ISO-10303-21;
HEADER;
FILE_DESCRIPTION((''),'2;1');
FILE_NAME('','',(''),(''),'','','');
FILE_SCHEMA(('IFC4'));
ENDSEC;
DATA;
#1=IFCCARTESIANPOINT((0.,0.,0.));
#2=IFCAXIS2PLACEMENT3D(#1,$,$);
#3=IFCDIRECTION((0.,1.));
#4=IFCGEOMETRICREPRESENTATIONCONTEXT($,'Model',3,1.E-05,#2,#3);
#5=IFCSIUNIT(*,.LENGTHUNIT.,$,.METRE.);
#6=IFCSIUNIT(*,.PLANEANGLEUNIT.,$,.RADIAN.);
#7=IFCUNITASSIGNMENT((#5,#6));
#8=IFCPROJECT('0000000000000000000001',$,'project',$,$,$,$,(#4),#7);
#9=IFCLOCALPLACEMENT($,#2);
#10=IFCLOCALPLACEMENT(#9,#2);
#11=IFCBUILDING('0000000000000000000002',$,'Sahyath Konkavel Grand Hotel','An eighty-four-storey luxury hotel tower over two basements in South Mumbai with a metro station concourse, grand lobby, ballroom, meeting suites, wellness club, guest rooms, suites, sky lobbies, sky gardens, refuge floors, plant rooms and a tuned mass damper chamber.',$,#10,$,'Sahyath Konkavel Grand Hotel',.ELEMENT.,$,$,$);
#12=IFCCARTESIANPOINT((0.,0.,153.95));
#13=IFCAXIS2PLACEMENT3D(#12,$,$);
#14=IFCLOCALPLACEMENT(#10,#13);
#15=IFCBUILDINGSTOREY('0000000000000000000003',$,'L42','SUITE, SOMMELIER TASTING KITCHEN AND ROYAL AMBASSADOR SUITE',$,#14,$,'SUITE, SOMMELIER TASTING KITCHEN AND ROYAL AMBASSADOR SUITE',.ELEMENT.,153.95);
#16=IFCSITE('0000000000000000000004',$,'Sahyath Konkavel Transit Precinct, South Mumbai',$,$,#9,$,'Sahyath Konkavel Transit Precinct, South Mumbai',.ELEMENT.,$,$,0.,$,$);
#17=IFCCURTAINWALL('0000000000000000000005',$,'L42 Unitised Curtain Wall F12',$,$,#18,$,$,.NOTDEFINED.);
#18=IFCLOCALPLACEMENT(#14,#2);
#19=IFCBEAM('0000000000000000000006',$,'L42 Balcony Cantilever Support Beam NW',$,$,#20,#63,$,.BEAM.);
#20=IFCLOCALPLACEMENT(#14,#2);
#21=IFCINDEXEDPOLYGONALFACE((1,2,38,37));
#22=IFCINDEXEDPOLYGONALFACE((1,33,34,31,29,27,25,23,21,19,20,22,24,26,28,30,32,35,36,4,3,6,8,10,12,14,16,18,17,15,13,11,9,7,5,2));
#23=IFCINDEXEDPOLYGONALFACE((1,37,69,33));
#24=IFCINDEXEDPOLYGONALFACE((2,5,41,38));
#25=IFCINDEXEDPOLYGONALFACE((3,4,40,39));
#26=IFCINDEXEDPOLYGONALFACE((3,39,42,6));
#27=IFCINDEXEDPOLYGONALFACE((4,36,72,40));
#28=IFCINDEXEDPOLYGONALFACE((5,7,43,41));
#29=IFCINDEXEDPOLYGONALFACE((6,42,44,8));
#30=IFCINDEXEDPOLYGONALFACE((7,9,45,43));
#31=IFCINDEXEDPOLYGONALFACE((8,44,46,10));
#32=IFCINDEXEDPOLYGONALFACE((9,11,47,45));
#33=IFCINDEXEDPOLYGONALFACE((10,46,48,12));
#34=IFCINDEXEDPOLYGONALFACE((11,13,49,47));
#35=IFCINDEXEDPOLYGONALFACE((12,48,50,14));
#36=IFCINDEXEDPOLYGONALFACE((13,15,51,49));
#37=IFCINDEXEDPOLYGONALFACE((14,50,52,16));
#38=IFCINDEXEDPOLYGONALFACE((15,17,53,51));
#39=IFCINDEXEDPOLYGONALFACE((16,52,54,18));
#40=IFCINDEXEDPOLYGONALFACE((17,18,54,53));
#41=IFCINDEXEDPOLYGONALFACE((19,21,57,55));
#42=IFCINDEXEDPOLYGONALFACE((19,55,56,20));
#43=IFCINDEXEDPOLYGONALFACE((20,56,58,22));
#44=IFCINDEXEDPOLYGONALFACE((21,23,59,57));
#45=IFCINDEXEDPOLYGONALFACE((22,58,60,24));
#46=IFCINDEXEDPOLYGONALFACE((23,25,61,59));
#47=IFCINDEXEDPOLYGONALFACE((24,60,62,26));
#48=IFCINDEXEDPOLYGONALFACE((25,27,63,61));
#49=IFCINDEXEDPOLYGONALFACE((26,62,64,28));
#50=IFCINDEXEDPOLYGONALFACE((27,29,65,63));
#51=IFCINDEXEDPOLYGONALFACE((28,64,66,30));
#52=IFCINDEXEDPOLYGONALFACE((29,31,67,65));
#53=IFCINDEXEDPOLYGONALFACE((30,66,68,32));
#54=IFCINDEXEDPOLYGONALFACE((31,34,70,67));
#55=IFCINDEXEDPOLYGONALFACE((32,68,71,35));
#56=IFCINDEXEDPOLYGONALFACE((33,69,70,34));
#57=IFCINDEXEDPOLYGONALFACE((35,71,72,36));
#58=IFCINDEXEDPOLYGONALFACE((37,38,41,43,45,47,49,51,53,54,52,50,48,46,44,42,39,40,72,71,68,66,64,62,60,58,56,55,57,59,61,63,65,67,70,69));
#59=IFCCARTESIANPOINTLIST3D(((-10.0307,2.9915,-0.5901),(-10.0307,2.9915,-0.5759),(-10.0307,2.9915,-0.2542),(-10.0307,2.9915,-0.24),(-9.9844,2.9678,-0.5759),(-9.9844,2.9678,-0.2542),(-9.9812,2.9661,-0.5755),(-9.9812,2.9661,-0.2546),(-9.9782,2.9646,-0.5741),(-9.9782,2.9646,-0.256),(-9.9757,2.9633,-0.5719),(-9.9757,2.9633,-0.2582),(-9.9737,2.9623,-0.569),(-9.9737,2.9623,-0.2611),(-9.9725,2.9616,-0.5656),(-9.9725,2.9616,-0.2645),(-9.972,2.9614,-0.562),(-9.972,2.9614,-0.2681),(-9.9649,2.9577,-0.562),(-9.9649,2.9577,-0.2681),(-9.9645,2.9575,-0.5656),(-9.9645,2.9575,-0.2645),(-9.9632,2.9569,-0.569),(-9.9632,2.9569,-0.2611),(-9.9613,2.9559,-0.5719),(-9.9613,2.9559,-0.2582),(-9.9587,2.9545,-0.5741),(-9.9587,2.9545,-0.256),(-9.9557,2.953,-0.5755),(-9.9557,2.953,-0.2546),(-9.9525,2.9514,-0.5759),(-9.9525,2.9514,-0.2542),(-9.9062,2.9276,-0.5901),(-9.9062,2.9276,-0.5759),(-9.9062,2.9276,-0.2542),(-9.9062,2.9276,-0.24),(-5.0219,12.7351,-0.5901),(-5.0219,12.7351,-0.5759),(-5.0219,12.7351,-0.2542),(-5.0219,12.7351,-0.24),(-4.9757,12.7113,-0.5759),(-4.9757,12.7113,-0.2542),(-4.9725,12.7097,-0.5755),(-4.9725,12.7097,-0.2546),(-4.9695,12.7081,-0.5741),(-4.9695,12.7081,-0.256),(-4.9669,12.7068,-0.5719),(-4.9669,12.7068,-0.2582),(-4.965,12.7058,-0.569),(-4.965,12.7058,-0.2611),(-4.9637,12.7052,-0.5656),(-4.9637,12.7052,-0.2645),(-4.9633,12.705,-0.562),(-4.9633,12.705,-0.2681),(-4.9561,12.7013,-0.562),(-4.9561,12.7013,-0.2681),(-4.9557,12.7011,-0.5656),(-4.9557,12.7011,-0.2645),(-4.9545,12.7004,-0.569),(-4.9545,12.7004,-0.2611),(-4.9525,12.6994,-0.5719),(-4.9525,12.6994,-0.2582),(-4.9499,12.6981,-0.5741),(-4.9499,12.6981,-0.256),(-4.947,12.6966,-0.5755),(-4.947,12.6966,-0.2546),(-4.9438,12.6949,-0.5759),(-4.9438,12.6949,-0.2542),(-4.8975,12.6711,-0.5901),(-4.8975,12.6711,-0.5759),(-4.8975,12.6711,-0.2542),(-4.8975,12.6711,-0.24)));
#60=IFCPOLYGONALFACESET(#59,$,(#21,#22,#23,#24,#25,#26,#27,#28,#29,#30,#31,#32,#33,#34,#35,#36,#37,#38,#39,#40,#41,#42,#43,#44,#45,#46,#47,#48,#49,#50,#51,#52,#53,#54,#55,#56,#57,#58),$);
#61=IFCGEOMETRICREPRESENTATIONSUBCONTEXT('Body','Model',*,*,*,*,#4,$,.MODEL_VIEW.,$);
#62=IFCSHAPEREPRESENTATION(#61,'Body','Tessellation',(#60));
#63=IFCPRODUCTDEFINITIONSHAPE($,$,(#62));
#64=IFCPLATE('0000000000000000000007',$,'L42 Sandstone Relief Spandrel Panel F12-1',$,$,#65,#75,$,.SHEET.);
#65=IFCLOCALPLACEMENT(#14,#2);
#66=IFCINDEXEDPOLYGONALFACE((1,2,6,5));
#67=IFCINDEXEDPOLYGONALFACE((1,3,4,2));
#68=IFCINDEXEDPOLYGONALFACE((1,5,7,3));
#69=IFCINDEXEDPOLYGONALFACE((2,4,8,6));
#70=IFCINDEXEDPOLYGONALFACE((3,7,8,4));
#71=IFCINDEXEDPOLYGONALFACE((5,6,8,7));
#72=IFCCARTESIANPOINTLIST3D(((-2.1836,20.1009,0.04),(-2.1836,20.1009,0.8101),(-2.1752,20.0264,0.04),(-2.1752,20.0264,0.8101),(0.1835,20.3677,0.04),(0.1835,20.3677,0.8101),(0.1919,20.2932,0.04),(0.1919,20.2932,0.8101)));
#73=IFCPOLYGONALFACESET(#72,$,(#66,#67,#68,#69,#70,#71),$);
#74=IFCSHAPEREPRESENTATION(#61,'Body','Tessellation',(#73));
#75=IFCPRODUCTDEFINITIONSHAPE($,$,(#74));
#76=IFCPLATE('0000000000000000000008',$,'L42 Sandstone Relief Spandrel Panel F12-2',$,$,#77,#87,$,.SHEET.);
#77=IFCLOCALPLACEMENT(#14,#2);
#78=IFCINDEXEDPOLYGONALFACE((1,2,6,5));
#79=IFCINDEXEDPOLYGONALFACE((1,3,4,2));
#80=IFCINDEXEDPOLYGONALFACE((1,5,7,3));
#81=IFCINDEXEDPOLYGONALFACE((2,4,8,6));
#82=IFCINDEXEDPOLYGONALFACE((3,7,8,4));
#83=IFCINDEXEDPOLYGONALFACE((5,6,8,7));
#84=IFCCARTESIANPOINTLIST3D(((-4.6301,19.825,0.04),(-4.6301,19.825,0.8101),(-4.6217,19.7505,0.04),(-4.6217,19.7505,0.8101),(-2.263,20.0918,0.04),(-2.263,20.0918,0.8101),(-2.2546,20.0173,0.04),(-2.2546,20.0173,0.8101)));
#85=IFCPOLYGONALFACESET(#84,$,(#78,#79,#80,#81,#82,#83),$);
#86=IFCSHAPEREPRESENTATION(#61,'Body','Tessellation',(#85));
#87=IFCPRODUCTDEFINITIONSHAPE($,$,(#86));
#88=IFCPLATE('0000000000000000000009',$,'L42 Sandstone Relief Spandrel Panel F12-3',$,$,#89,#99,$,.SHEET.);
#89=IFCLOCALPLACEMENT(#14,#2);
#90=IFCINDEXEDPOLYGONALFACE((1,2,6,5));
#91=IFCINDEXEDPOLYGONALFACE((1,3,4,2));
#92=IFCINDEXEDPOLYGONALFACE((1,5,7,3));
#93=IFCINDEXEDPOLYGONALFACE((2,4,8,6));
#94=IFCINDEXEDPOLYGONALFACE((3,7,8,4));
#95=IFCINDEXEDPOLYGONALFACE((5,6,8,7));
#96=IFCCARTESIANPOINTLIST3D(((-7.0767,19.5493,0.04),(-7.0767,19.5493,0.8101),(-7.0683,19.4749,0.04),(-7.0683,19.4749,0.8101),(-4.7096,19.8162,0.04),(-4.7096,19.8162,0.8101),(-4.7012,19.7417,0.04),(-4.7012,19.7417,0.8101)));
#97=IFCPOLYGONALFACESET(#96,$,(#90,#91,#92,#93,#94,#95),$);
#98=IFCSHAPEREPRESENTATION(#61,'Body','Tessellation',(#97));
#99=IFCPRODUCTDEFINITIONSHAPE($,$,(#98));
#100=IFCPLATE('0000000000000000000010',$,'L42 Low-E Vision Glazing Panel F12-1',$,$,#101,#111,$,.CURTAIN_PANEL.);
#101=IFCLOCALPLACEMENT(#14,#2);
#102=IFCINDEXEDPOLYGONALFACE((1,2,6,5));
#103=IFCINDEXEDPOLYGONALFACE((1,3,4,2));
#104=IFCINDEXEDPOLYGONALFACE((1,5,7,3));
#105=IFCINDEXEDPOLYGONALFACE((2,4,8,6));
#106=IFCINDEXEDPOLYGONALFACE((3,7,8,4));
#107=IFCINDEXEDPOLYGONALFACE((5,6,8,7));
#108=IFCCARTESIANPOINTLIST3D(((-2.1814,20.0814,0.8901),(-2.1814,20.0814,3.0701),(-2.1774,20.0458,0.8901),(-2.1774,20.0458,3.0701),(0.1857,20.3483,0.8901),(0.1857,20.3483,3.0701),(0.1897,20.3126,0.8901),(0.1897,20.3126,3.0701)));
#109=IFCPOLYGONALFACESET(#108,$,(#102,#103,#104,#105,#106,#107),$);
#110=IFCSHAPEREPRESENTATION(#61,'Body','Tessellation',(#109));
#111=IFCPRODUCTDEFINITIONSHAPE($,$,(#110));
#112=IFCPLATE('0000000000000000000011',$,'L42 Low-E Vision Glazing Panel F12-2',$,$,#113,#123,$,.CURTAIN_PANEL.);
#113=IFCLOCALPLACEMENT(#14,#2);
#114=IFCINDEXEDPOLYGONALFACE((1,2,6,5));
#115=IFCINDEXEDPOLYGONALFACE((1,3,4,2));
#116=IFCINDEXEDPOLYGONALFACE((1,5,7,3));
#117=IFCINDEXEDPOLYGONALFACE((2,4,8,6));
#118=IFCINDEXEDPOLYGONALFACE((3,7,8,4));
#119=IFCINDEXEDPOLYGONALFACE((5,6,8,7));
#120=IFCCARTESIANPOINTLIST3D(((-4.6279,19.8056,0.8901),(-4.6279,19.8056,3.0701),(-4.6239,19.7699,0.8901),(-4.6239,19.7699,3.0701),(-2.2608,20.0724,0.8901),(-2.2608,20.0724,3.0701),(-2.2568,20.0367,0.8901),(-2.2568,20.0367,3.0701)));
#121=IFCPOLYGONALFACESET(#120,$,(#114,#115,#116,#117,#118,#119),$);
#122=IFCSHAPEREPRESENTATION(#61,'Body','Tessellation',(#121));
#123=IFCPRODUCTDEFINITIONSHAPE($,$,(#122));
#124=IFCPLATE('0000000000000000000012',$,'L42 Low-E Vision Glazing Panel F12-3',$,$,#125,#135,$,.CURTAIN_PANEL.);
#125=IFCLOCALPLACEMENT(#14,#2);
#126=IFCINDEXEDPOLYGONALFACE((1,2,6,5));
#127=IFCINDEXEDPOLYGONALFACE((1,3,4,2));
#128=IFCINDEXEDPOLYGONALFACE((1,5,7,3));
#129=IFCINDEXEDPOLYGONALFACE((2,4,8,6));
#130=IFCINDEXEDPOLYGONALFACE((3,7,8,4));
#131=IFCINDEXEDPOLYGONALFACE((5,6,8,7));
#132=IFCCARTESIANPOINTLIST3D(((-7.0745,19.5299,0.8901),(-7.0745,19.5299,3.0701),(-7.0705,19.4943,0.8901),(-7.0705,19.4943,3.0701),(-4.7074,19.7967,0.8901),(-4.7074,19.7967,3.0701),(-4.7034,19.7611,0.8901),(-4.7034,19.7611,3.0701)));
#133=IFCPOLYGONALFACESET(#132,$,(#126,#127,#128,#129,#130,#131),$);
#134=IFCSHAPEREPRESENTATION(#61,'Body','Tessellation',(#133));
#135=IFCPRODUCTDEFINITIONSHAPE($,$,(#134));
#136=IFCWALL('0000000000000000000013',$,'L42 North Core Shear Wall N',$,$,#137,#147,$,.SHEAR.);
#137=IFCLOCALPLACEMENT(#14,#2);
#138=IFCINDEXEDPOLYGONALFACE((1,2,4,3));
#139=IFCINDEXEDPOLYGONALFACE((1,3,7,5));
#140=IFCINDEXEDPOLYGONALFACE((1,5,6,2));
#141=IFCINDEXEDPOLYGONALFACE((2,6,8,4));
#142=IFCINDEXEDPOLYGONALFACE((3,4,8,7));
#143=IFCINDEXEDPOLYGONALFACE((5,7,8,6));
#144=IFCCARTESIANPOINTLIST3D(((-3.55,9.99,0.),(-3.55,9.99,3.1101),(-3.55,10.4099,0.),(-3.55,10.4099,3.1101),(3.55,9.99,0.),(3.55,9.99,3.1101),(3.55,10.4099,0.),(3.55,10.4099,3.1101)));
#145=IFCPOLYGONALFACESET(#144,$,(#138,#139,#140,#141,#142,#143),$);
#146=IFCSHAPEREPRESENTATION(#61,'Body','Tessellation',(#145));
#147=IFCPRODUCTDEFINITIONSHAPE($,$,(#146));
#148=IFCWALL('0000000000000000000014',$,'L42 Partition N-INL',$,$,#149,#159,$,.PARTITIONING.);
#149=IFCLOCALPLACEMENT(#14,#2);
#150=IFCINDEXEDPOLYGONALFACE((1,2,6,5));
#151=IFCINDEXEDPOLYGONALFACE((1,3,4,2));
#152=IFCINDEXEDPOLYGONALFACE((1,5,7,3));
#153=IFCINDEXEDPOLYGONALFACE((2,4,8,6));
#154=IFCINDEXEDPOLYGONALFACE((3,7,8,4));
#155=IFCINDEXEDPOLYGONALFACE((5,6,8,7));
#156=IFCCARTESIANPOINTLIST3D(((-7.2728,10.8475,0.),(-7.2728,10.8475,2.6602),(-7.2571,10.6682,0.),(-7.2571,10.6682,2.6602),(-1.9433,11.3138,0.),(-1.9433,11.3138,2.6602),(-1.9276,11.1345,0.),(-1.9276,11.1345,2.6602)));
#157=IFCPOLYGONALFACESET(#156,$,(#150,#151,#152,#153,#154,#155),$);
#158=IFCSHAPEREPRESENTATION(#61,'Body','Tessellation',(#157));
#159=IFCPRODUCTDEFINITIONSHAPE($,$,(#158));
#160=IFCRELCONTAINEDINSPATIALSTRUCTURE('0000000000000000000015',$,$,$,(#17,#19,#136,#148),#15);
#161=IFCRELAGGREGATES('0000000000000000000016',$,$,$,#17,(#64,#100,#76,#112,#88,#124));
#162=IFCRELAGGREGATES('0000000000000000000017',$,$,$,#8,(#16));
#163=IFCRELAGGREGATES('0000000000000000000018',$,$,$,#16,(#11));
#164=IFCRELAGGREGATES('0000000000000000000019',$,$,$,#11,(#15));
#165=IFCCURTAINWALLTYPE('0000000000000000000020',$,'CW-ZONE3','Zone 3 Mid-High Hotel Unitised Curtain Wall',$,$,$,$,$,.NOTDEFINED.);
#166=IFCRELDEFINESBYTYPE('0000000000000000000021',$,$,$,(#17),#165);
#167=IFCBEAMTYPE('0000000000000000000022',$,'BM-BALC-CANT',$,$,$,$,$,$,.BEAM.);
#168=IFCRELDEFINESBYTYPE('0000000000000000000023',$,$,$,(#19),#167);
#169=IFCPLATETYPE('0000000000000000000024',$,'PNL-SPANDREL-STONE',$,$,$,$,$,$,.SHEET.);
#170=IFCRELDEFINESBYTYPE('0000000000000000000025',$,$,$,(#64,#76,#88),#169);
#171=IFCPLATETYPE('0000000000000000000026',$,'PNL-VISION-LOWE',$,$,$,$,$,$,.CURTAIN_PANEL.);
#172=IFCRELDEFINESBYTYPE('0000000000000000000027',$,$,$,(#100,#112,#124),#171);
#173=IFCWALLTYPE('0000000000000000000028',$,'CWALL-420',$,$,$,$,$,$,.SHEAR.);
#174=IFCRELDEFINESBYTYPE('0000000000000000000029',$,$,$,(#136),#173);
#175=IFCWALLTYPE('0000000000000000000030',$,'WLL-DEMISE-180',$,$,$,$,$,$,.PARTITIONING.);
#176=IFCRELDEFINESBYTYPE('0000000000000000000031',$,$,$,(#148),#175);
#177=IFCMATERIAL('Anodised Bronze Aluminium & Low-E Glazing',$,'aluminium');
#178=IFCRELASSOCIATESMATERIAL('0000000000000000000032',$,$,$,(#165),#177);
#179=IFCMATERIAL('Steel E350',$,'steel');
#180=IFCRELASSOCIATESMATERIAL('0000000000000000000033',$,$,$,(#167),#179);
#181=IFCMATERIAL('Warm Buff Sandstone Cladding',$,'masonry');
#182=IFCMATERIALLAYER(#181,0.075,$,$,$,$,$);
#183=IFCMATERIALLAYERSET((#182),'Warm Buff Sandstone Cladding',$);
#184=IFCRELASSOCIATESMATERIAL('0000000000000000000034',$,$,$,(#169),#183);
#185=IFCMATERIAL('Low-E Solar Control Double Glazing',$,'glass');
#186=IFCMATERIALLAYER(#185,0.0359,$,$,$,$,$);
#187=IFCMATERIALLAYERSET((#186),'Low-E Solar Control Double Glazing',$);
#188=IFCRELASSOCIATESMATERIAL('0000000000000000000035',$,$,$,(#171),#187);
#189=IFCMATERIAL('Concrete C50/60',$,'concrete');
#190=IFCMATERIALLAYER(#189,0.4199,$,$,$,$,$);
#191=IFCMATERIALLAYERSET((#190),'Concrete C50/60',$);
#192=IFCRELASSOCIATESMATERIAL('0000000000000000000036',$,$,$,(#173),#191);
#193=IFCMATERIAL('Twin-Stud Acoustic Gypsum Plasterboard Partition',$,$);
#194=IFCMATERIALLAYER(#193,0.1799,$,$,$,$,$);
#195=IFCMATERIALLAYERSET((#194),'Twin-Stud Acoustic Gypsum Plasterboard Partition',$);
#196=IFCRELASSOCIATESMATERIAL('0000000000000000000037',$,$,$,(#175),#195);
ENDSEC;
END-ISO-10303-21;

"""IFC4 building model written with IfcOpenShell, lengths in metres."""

from ifc_helpers import new_model, si_unit, direction, frame, frame_2d, origin, origin_2d, place, context, subcontext, project, spatial, rectangle, i_section, extrude, source, transform, mapped, material, layer, layer_set, material_profile, profile_set, type_object, element, aggregate, save


model = new_model("IFC4")

# Units and contexts
model_context = context("Model", 3, precision=1e-05, world=origin(), true_north=direction((0.0, 1.0)))
body_context = subcontext(model_context, "Body", "Model", "MODEL_VIEW")
ifc_project = project(units=[si_unit("LENGTHUNIT", "METRE"), si_unit("PLANEANGLEUNIT", "RADIAN")], contexts=[model_context])

# Site, building, storey
site_placement = place(None, origin())
site = spatial("IfcSite", under=ifc_project, at=site_placement, Name="Sahyath Konkavel Transit Precinct, South Mumbai", LongName="Sahyath Konkavel Transit Precinct, South Mumbai", CompositionType="ELEMENT", RefElevation=0.0)
building_placement = place(site_placement, origin())
building = spatial("IfcBuilding", under=site, at=building_placement, Name="Sahyath Konkavel Grand Hotel", Description="An eighty-four-storey luxury hotel tower over two basements in South Mumbai with a metro station concourse, grand lobby, ballroom, meeting suites, wellness club, guest rooms, suites, sky lobbies, sky gardens, refuge floors, plant rooms and a tuned mass damper chamber.", LongName="Sahyath Konkavel Grand Hotel", CompositionType="ELEMENT")
storey_placement = place(building_placement, frame((0.0, 0.0, 153.95)))
storey = spatial("IfcBuildingStorey", under=building, at=storey_placement, Name="L42", Description="SUITE, SOMMELIER TASTING KITCHEN AND ROYAL AMBASSADOR SUITE", LongName="SUITE, SOMMELIER TASTING KITCHEN AND ROYAL AMBASSADOR SUITE", CompositionType="ELEMENT", Elevation=153.95)

# Shared definitions
ifc_material_1 = material(Name="Concrete C50/60", Category="concrete")

# Shared definitions
ifc_material_2 = material(Name="Steel E350", Category="steel")

# Curtain wall
ifc_material_3 = material(Name="Anodised Bronze Aluminium & Low-E Glazing", Category="aluminium")
curtain_wall_type = type_object("IfcCurtainWallType", Name="CW-ZONE3", Description="Zone 3 Mid-High Hotel Unitised Curtain Wall", PredefinedType="NOTDEFINED", material=ifc_material_3)
curtain_wall_placement = place(storey_placement, origin())
curtain_wall = element("IfcCurtainWall", 1, at=curtain_wall_placement, inside=storey, type_object=curtain_wall_type, Name="L42 Unitised Curtain Wall F12", PredefinedType="NOTDEFINED")

# Beam
ifc_material_profile_1 = material_profile(ifc_material_2, i_section(OverallWidth=0.1399, OverallDepth=0.3501, WebThickness=0.0081, FlangeThickness=0.0142, FilletRadius=0.0139, at=origin_2d()), Name="ISMB 350")
ifc_profile_set_1 = profile_set([ifc_material_profile_1], Name="Steel E350")
beam_type_1 = type_object("IfcBeamType", Name="BM-BALC-CANT", PredefinedType="BEAM", material=ifc_profile_set_1)
shared_shape_1 = source(origin(), body_context, "Body", "SweptSolid", [
    extrude(i_section(OverallWidth=0.1399, OverallDepth=0.3501, WebThickness=0.0081, FlangeThickness=0.0142, FilletRadius=0.0139, at=origin_2d()), origin(), (0.0, 0.0, 1.0), 10.9556),
])
beam_1_placement = place(storey_placement, frame((-4.9597, 12.7031, -0.415), z_axis=(-0.457187, -0.889371, 0.0), x_axis=(0.889371, -0.457187, 0.0)))
element("IfcBeam", 2, at=beam_1_placement, inside=storey, type_object=beam_type_1, Name="L42 Balcony Cantilever Support Beam NW", PredefinedType="BEAM", context=body_context, shape_type="MappedRepresentation", body=[
    mapped(shared_shape_1, transform((0.0, 0.0, 0.0), scale=1.0)),
])

# Plates
ifc_material_4 = material(Name="Warm Buff Sandstone Cladding", Category="masonry")
ifc_layer_1 = layer(ifc_material_4, 0.075)
ifc_layer_set_1 = layer_set([ifc_layer_1], Name="Warm Buff Sandstone Cladding")
plate_type_1 = type_object("IfcPlateType", Name="PNL-SPANDREL-STONE", PredefinedType="SHEET", material=ifc_layer_set_1)
shared_shape_2 = source(origin(), body_context, "Body", "SweptSolid", [
    extrude(rectangle(XDim=2.3821, YDim=0.075, at=origin_2d()), origin(), (0.0, 0.0, 1.0), 0.77),
])
plate_1_placement = place(storey_placement, frame((-0.9958, 20.197, 0.04), z_axis=(0.0, 0.0, 1.0), x_axis=(-0.993707, -0.112007, 0.0)))
plate_1 = element("IfcPlate", 3, at=plate_1_placement, type_object=plate_type_1, Name="L42 Sandstone Relief Spandrel Panel F12-1", PredefinedType="SHEET", context=body_context, shape_type="MappedRepresentation", body=[
    mapped(shared_shape_2, transform((0.0, 0.0, 0.0), scale=1.0)),
])
plate_2_placement = place(storey_placement, frame((-3.4424, 19.9211, 0.04), z_axis=(0.0, 0.0, 1.0), x_axis=(-0.993707, -0.112007, 0.0)))
plate_2 = element("IfcPlate", 4, at=plate_2_placement, type_object=plate_type_1, Name="L42 Sandstone Relief Spandrel Panel F12-2", PredefinedType="SHEET", context=body_context, shape_type="MappedRepresentation", body=[
    mapped(shared_shape_2, transform((0.0, 0.0, 0.0), scale=1.0)),
])
plate_3_placement = place(storey_placement, frame((-5.8889, 19.6455, 0.04), z_axis=(0.0, 0.0, 1.0), x_axis=(-0.993707, -0.112007, 0.0)))
plate_3 = element("IfcPlate", 5, at=plate_3_placement, type_object=plate_type_1, Name="L42 Sandstone Relief Spandrel Panel F12-3", PredefinedType="SHEET", context=body_context, shape_type="MappedRepresentation", body=[
    mapped(shared_shape_2, transform((0.0, 0.0, 0.0), scale=1.0)),
])
ifc_material_5 = material(Name="Low-E Solar Control Double Glazing", Category="glass")
ifc_layer_2 = layer(ifc_material_5, 0.0359)
ifc_layer_set_2 = layer_set([ifc_layer_2], Name="Low-E Solar Control Double Glazing")
plate_type_2 = type_object("IfcPlateType", Name="PNL-VISION-LOWE", PredefinedType="CURTAIN_PANEL", material=ifc_layer_set_2)
shared_shape_3 = source(origin(), body_context, "Body", "SweptSolid", [
    extrude(rectangle(XDim=2.3821, YDim=0.0359, at=origin_2d()), origin(), (0.0, 0.0, 1.0), 2.1799),
])
plate_4_placement = place(storey_placement, frame((-0.9958, 20.197, 0.8901), z_axis=(0.0, 0.0, 1.0), x_axis=(-0.993707, -0.112007, 0.0)))
plate_4 = element("IfcPlate", 6, at=plate_4_placement, type_object=plate_type_2, Name="L42 Low-E Vision Glazing Panel F12-1", PredefinedType="CURTAIN_PANEL", context=body_context, shape_type="MappedRepresentation", body=[
    mapped(shared_shape_3, transform((0.0, 0.0, 0.0), scale=1.0)),
])
plate_5_placement = place(storey_placement, frame((-3.4424, 19.9211, 0.8901), z_axis=(0.0, 0.0, 1.0), x_axis=(-0.993707, -0.112007, 0.0)))
plate_5 = element("IfcPlate", 7, at=plate_5_placement, type_object=plate_type_2, Name="L42 Low-E Vision Glazing Panel F12-2", PredefinedType="CURTAIN_PANEL", context=body_context, shape_type="MappedRepresentation", body=[
    mapped(shared_shape_3, transform((0.0, 0.0, 0.0), scale=1.0)),
])
plate_6_placement = place(storey_placement, frame((-5.8889, 19.6455, 0.8901), z_axis=(0.0, 0.0, 1.0), x_axis=(-0.993707, -0.112007, 0.0)))
plate_6 = element("IfcPlate", 8, at=plate_6_placement, type_object=plate_type_2, Name="L42 Low-E Vision Glazing Panel F12-3", PredefinedType="CURTAIN_PANEL", context=body_context, shape_type="MappedRepresentation", body=[
    mapped(shared_shape_3, transform((0.0, 0.0, 0.0), scale=1.0)),
])
aggregate(curtain_wall, [plate_1, plate_4, plate_2, plate_5, plate_3, plate_6])

# Walls
ifc_layer_3 = layer(ifc_material_1, 0.4199)
ifc_layer_set_3 = layer_set([ifc_layer_3], Name="Concrete C50/60")
wall_type_1 = type_object("IfcWallType", Name="CWALL-420", PredefinedType="SHEAR", material=ifc_layer_set_3)
wall_1_placement = place(storey_placement, frame((-3.55, 10.2, 0.0), z_axis=(0.0, 0.0, 1.0), x_axis=(1.0, 0.0, 0.0)))
element("IfcWall", 9, at=wall_1_placement, inside=storey, type_object=wall_type_1, Name="L42 North Core Shear Wall N", PredefinedType="SHEAR", context=body_context, shape_type="SweptSolid", body=[
    extrude(rectangle(XDim=7.1001, YDim=0.4199, at=frame_2d((3.55, 0.0))), origin(), (0.0, 0.0, 1.0), 3.1101),
])
ifc_material_6 = material(Name="Twin-Stud Acoustic Gypsum Plasterboard Partition")
ifc_layer_4 = layer(ifc_material_6, 0.1799)
ifc_layer_set_4 = layer_set([ifc_layer_4], Name="Twin-Stud Acoustic Gypsum Plasterboard Partition")
wall_type_2 = type_object("IfcWallType", Name="WLL-DEMISE-180", PredefinedType="PARTITIONING", material=ifc_layer_set_4)
wall_2_placement = place(storey_placement, frame((-1.9355, 11.2241, 0.0), z_axis=(0.0, 0.0, 1.0), x_axis=(-0.996194, -0.087161, 0.0)))
element("IfcWall", 10, at=wall_2_placement, inside=storey, type_object=wall_type_2, Name="L42 Partition N-INL", PredefinedType="PARTITIONING", context=body_context, shape_type="SweptSolid", body=[
    extrude(rectangle(XDim=5.3499, YDim=0.1799, at=frame_2d((2.6748, 0.0))), origin(), (0.0, 0.0, 1.0), 2.6602),
])

save(model, "model.ifc")
